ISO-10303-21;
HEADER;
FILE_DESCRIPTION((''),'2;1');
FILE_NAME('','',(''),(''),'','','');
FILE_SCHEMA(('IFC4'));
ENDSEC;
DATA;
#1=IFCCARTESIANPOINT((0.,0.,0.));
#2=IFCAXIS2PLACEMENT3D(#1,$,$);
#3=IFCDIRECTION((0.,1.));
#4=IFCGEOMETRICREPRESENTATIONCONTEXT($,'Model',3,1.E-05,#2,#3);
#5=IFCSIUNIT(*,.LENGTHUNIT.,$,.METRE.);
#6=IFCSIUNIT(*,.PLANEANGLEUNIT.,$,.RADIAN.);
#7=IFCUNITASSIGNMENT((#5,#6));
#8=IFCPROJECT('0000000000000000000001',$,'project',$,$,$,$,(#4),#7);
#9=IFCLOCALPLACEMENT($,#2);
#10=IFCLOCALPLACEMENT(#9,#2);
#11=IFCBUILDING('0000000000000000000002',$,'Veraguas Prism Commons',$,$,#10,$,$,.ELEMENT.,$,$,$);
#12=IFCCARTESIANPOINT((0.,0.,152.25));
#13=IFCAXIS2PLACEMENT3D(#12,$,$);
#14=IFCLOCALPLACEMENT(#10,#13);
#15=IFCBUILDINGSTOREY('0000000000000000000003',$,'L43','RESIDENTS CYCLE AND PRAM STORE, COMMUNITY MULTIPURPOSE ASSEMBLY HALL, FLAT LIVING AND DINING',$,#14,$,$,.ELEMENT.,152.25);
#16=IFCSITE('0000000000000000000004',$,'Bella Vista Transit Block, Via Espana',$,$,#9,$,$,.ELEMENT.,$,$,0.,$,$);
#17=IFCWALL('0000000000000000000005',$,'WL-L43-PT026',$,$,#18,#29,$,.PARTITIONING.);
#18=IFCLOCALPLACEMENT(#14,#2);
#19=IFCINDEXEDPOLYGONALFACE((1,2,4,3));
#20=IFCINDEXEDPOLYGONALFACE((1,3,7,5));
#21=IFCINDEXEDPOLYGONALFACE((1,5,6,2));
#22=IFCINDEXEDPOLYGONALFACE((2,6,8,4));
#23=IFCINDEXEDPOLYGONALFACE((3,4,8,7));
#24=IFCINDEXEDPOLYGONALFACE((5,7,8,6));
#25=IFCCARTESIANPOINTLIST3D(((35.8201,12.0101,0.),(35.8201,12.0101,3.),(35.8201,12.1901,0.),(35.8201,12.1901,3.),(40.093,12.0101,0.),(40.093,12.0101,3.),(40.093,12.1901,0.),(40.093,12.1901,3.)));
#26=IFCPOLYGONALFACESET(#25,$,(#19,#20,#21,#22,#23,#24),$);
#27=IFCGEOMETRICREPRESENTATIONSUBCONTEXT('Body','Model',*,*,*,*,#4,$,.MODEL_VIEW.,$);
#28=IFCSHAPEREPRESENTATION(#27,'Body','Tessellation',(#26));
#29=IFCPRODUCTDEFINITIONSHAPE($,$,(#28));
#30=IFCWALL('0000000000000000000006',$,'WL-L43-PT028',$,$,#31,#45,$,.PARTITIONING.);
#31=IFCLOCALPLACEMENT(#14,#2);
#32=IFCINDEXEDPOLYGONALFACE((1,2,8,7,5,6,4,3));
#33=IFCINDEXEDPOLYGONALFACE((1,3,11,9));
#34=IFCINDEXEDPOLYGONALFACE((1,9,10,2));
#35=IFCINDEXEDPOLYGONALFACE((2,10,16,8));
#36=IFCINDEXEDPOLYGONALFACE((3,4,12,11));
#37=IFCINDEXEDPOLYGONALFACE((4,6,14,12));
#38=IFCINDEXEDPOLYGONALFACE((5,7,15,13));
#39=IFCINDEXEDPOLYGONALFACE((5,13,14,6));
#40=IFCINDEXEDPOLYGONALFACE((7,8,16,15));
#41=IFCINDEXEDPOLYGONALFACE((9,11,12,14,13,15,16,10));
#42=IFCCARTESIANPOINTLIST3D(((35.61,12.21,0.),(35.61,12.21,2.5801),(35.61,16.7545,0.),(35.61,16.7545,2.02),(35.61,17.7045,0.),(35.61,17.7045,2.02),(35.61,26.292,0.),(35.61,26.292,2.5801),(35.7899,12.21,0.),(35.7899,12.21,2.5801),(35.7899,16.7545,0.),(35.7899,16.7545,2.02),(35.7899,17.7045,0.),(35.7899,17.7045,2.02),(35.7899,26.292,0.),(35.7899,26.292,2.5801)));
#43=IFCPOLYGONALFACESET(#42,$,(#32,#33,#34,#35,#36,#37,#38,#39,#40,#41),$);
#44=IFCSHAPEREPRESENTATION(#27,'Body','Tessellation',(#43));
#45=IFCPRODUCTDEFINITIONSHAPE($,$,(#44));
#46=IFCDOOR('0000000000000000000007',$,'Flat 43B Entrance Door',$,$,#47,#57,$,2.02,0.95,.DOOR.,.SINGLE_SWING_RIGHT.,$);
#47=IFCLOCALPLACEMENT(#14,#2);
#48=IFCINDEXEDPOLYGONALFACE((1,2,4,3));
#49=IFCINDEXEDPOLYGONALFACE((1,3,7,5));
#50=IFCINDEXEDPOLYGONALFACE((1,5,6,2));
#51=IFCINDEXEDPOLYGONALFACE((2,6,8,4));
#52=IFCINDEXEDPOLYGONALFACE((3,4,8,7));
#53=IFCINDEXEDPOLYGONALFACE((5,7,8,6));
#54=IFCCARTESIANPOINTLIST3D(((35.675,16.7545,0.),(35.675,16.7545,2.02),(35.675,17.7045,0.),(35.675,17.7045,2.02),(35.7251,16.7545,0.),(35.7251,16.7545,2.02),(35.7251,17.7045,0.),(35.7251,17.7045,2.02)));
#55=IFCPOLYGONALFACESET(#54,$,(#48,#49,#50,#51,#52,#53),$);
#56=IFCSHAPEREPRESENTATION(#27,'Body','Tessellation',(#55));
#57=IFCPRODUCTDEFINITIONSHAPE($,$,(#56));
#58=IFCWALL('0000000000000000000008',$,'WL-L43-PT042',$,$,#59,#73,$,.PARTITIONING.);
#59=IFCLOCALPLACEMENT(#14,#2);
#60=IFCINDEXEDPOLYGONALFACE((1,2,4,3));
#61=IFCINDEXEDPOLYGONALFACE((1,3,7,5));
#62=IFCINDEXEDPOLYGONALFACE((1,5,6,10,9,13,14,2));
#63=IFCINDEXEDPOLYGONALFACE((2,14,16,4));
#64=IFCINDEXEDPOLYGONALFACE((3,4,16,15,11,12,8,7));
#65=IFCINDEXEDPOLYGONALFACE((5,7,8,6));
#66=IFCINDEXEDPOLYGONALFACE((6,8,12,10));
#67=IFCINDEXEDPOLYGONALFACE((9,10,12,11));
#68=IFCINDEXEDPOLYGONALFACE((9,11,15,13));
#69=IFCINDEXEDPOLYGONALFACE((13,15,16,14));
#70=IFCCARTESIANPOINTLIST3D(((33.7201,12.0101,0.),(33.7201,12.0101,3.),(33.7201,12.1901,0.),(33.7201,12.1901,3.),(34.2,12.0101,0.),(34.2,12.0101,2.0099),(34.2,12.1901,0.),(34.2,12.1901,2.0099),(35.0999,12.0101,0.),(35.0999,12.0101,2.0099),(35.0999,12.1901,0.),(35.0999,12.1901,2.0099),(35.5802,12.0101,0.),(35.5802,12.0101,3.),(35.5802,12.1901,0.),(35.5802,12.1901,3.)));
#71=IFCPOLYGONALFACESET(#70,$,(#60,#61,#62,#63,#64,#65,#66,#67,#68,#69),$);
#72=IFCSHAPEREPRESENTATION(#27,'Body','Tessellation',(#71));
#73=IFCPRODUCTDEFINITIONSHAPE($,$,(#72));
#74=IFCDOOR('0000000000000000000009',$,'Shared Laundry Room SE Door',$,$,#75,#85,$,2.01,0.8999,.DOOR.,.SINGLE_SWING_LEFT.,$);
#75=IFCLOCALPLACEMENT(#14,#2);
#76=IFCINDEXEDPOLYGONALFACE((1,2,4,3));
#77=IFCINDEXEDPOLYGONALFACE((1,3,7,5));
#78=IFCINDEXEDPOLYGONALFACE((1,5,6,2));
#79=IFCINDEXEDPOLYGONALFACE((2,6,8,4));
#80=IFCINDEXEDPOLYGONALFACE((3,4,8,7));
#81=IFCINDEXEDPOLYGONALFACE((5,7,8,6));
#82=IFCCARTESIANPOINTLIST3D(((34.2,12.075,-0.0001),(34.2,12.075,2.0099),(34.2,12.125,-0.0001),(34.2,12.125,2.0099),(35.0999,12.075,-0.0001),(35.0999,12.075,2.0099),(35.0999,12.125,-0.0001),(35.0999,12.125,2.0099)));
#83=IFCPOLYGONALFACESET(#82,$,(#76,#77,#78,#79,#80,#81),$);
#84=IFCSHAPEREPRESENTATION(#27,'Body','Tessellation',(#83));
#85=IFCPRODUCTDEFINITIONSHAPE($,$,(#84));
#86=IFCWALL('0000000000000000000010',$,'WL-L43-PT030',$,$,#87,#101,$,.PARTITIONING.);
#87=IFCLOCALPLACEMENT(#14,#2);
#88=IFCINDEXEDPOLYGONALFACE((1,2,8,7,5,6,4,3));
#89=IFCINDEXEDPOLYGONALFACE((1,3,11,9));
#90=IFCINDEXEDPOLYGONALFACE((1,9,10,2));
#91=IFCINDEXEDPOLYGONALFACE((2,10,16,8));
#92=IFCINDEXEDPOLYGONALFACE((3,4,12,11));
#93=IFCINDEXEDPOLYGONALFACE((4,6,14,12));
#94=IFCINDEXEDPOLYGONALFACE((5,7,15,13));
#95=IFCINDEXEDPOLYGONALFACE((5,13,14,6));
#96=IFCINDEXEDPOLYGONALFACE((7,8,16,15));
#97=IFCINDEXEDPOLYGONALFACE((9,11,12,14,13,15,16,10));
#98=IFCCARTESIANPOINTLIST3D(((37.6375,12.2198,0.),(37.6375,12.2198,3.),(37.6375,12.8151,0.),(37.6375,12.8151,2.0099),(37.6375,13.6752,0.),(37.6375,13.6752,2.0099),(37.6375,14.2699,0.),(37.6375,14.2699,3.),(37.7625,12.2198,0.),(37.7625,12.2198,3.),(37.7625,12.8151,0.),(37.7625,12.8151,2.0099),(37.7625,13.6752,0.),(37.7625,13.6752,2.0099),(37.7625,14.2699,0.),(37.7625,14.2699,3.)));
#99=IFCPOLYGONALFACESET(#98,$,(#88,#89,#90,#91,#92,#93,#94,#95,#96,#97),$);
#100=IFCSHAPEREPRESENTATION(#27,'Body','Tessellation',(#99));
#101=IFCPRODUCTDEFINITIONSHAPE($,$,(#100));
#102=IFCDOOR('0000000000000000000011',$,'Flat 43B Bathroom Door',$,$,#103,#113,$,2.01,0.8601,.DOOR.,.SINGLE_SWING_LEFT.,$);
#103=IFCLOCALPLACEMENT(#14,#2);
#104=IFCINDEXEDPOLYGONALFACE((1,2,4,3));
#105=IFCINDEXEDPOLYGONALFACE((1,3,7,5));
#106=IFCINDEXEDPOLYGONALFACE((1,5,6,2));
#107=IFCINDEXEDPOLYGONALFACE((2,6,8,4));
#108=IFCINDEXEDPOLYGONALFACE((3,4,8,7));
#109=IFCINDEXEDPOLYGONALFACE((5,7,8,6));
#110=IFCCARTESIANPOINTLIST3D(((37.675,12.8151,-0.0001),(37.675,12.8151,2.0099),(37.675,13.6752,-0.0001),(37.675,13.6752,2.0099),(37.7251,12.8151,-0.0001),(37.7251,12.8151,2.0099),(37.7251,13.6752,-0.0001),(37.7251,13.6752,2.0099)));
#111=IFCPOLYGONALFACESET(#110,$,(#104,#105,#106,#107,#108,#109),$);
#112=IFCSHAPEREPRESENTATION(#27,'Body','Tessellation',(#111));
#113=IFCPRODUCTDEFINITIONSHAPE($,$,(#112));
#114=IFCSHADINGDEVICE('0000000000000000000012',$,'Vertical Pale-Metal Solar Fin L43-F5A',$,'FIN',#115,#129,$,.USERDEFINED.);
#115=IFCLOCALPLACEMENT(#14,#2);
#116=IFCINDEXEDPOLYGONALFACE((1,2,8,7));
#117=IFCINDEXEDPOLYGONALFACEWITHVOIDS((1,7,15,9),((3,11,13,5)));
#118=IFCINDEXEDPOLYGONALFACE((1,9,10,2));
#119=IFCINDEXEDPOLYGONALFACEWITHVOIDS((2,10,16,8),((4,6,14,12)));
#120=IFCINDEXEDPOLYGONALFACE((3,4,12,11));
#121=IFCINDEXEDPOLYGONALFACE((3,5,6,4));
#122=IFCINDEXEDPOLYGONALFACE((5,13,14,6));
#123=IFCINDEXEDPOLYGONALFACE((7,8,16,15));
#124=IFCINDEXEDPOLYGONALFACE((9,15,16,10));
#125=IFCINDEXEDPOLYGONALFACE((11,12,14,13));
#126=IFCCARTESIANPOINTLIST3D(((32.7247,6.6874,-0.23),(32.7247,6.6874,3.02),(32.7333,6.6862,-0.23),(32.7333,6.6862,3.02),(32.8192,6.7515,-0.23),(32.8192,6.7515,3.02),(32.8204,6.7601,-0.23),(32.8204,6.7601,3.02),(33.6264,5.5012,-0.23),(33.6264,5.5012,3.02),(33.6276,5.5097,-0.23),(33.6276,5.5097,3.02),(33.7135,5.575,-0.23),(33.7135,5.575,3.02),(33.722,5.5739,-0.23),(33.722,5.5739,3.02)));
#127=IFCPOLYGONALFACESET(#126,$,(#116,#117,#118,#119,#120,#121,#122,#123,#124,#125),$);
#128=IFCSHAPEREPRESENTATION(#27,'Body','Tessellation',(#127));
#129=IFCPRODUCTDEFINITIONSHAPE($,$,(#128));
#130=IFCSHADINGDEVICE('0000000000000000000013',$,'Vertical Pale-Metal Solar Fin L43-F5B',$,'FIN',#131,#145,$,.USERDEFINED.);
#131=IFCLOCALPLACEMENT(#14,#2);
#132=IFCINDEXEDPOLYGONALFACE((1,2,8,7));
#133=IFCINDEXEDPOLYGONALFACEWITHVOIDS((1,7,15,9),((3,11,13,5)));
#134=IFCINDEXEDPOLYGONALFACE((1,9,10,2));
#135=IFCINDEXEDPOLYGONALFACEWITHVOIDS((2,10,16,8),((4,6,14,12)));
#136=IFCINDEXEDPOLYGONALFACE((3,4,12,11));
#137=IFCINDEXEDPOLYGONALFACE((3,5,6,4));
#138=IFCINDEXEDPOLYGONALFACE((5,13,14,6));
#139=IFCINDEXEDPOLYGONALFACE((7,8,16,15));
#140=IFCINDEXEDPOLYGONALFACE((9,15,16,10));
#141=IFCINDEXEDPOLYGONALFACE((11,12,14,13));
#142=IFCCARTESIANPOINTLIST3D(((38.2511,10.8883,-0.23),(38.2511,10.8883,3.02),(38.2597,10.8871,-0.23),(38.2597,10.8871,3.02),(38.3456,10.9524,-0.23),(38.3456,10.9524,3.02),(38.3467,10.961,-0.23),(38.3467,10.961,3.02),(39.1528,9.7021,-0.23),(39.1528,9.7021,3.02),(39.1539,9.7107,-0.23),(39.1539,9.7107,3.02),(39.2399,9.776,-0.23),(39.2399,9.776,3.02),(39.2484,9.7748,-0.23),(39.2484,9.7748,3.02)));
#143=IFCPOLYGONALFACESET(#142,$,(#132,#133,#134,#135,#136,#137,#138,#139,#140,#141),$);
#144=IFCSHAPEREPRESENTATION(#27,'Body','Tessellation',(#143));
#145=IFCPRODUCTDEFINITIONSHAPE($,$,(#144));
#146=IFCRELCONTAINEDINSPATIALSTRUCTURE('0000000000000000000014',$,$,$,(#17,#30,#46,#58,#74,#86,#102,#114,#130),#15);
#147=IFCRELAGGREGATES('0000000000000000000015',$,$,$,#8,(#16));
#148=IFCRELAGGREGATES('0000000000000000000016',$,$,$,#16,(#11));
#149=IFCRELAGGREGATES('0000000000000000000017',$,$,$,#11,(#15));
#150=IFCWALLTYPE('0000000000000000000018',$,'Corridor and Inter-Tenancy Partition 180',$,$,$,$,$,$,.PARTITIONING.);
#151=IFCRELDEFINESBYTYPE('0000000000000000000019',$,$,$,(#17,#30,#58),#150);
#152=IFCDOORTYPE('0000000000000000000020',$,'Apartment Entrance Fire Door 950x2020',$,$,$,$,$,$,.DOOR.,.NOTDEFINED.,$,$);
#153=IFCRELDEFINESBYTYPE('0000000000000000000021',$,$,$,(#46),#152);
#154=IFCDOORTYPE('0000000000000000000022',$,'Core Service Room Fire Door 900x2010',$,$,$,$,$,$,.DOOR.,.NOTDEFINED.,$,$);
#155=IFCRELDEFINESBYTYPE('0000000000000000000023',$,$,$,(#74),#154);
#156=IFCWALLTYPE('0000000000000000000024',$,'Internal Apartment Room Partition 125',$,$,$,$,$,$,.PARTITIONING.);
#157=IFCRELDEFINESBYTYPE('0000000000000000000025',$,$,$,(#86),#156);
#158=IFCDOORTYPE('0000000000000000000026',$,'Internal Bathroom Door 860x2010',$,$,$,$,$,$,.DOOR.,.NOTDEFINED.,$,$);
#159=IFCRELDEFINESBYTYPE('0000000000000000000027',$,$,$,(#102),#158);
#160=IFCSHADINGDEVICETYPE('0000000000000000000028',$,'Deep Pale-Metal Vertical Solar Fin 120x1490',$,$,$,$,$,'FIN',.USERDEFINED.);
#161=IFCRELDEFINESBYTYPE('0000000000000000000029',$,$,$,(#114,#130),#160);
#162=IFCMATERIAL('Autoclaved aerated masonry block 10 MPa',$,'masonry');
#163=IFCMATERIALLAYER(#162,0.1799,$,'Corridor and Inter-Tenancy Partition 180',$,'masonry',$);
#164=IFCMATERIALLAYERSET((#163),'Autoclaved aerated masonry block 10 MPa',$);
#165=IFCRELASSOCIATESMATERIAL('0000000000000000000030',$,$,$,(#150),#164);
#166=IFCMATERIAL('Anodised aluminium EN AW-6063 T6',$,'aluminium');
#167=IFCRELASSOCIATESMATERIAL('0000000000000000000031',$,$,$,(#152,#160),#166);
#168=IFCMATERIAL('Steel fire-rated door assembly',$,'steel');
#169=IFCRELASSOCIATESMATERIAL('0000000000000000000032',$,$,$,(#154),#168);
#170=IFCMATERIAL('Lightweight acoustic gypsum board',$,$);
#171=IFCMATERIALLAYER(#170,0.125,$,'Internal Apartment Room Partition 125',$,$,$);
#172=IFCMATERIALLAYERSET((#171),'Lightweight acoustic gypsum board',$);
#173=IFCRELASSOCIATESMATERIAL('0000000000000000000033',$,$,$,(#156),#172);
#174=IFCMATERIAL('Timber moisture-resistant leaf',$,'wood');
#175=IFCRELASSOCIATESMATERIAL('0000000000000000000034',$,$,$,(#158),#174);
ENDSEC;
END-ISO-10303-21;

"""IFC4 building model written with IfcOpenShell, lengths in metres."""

from ifc_helpers import new_model, si_unit, direction, frame, frame_2d, origin, origin_2d, place, context, subcontext, project, spatial, rectangle, hollow_rectangle, extrude, source, transform, mapped, material, layer, layer_set, material_profile, profile_set, type_object, element, fill, save


model = new_model("IFC4")

# Units and contexts
model_context = context("Model", 3, precision=1e-05, world=origin(), true_north=direction((0.0, 1.0)))
body_context = subcontext(model_context, "Body", "Model", "MODEL_VIEW")
ifc_project = project(units=[si_unit("LENGTHUNIT", "METRE"), si_unit("PLANEANGLEUNIT", "RADIAN")], contexts=[model_context])

# Site, building, storey
site_placement = place(None, origin())
site = spatial("IfcSite", under=ifc_project, at=site_placement, Name="Bella Vista Transit Block, Via Espana", CompositionType="ELEMENT", RefElevation=0.0)
building_placement = place(site_placement, origin())
building = spatial("IfcBuilding", under=site, at=building_placement, Name="Veraguas Prism Commons", CompositionType="ELEMENT")
storey_placement = place(building_placement, frame((0.0, 0.0, 152.25)))
storey = spatial("IfcBuildingStorey", under=building, at=storey_placement, Name="L43", Description="RESIDENTS CYCLE AND PRAM STORE, COMMUNITY MULTIPURPOSE ASSEMBLY HALL, FLAT LIVING AND DINING", CompositionType="ELEMENT", Elevation=152.25)

# Shared definitions
ifc_material_1 = material(Name="Anodised aluminium EN AW-6063 T6", Category="aluminium")

# Wall
ifc_material_2 = material(Name="Autoclaved aerated masonry block 10 MPa", Category="masonry")
ifc_layer_1 = layer(ifc_material_2, 0.1799, Name="Corridor and Inter-Tenancy Partition 180", Category="masonry")
ifc_layer_set_1 = layer_set([ifc_layer_1], Name="Autoclaved aerated masonry block 10 MPa")
wall_type_1 = type_object("IfcWallType", Name="Corridor and Inter-Tenancy Partition 180", PredefinedType="PARTITIONING", material=ifc_layer_set_1)
wall_1_placement = place(storey_placement, frame((35.8201, 12.1001, 0.0), z_axis=(0.0, 0.0, 1.0), x_axis=(1.0, 0.0, 0.0)))
element("IfcWall", 1, at=wall_1_placement, inside=storey, type_object=wall_type_1, Name="WL-L43-PT026", PredefinedType="PARTITIONING", context=body_context, shape_type="SweptSolid", body=[
    extrude(rectangle(XDim=4.2729, YDim=0.1799, at=frame_2d((2.1365, 0.0))), origin(), (0.0, 0.0, 1.0), 3.0),
])

# Walls, openings, doors
wall_2_placement = place(storey_placement, frame((35.7, 12.21, 0.0), z_axis=(0.0, 0.0, 1.0), x_axis=(0.0, 1.0, 0.0)))
wall_2 = element("IfcWall", 2, at=wall_2_placement, inside=storey, type_object=wall_type_1, Name="WL-L43-PT028", PredefinedType="PARTITIONING", context=body_context, shape_type="SweptSolid", body=[
    extrude(rectangle(XDim=14.082, YDim=0.1799, at=frame_2d((7.041, 0.0))), origin(), (0.0, 0.0, 1.0), 2.5801),
])
opening_1_placement = place(wall_2_placement, frame((4.5444, 0.0, 0.0)))
opening_1 = element("IfcOpeningElement", 3, at=opening_1_placement, cuts=wall_2, PredefinedType="OPENING", context=body_context, shape_type="SweptSolid", body=[
    extrude(rectangle(XDim=0.95, YDim=2.02, at=frame_2d((0.4751, 1.01))), frame((0.0, 0.0999, 0.0), z_axis=(0.0, -1.0, 0.0), x_axis=(1.0, 0.0, 0.0)), (0.0, 0.0, 1.0), 0.2),
])
door_type_1 = type_object("IfcDoorType", Name="Apartment Entrance Fire Door 950x2020", OperationType="NOTDEFINED", PredefinedType="DOOR", material=ifc_material_1)
shared_shape_1 = source(origin(), body_context, "Body", "SweptSolid", [
    extrude(rectangle(XDim=0.95, YDim=2.02, at=frame_2d((0.4751, 1.01))), frame((0.0, 0.0249, 0.0), z_axis=(0.0, -1.0, 0.0), x_axis=(1.0, 0.0, 0.0)), (0.0, 0.0, 1.0), 0.05),
])
door_1_placement = place(opening_1_placement, origin())
door_1 = element("IfcDoor", 4, at=door_1_placement, inside=storey, type_object=door_type_1, Name="Flat 43B Entrance Door", OperationType="SINGLE_SWING_RIGHT", OverallHeight=2.02, OverallWidth=0.95, PredefinedType="DOOR", context=body_context, shape_type="MappedRepresentation", body=[
    mapped(shared_shape_1, transform((0.0, 0.0, 0.0), scale=1.0)),
])
fill(opening_1, door_1)
wall_3_placement = place(storey_placement, frame((33.72, 12.1001, 0.0), z_axis=(0.0, 0.0, 1.0), x_axis=(1.0, 0.0, 0.0)))
wall_3 = element("IfcWall", 5, at=wall_3_placement, inside=storey, type_object=wall_type_1, Name="WL-L43-PT042", PredefinedType="PARTITIONING", context=body_context, shape_type="SweptSolid", body=[
    extrude(rectangle(XDim=1.8601, YDim=0.1799, at=frame_2d((0.9302, 0.0))), origin(), (0.0, 0.0, 1.0), 3.0),
])
opening_2_placement = place(wall_3_placement, frame((0.48, 0.0, 0.0)))
opening_2 = element("IfcOpeningElement", 6, at=opening_2_placement, cuts=wall_3, PredefinedType="OPENING", context=body_context, shape_type="SweptSolid", body=[
    extrude(rectangle(XDim=0.8999, YDim=2.01, at=frame_2d((0.45, 1.0049))), frame((0.0, 0.0999, 0.0), z_axis=(0.0, -1.0, 0.0), x_axis=(1.0, 0.0, 0.0)), (0.0, 0.0, 1.0), 0.2),
])
ifc_material_3 = material(Name="Steel fire-rated door assembly", Category="steel")
door_type_2 = type_object("IfcDoorType", Name="Core Service Room Fire Door 900x2010", OperationType="NOTDEFINED", PredefinedType="DOOR", material=ifc_material_3)
shared_shape_2 = source(origin(), body_context, "Body", "SweptSolid", [
    extrude(rectangle(XDim=0.8999, YDim=2.01, at=frame_2d((0.45, 1.0049))), frame((0.0, 0.0249, 0.0), z_axis=(0.0, -1.0, 0.0), x_axis=(1.0, 0.0, 0.0)), (0.0, 0.0, 1.0), 0.05),
])
door_2_placement = place(opening_2_placement, origin())
door_2 = element("IfcDoor", 7, at=door_2_placement, inside=storey, type_object=door_type_2, Name="Shared Laundry Room SE Door", OperationType="SINGLE_SWING_LEFT", OverallHeight=2.01, OverallWidth=0.8999, PredefinedType="DOOR", context=body_context, shape_type="MappedRepresentation", body=[
    mapped(shared_shape_2, transform((0.0, 0.0, 0.0), scale=1.0)),
])
fill(opening_2, door_2)
ifc_material_4 = material(Name="Lightweight acoustic gypsum board")
ifc_layer_2 = layer(ifc_material_4, 0.125, Name="Internal Apartment Room Partition 125")
ifc_layer_set_2 = layer_set([ifc_layer_2], Name="Lightweight acoustic gypsum board")
wall_type_2 = type_object("IfcWallType", Name="Internal Apartment Room Partition 125", PredefinedType="PARTITIONING", material=ifc_layer_set_2)
wall_4_placement = place(storey_placement, frame((37.7, 12.22, 0.0), z_axis=(0.0, 0.0, 1.0), x_axis=(0.0, 1.0, 0.0)))
wall_4 = element("IfcWall", 8, at=wall_4_placement, inside=storey, type_object=wall_type_2, Name="WL-L43-PT030", PredefinedType="PARTITIONING", context=body_context, shape_type="SweptSolid", body=[
    extrude(rectangle(XDim=2.05, YDim=0.125, at=frame_2d((1.0249, 0.0))), origin(), (0.0, 0.0, 1.0), 3.0),
])
opening_3_placement = place(wall_4_placement, frame((0.595, 0.0, 0.0)))
opening_3 = element("IfcOpeningElement", 9, at=opening_3_placement, cuts=wall_4, PredefinedType="OPENING", context=body_context, shape_type="SweptSolid", body=[
    extrude(rectangle(XDim=0.8601, YDim=2.01, at=frame_2d((0.4302, 1.0049))), frame((0.0, 0.0725, 0.0), z_axis=(0.0, -1.0, 0.0), x_axis=(1.0, 0.0, 0.0)), (0.0, 0.0, 1.0), 0.145),
])
ifc_material_5 = material(Name="Timber moisture-resistant leaf", Category="wood")
door_type_3 = type_object("IfcDoorType", Name="Internal Bathroom Door 860x2010", OperationType="NOTDEFINED", PredefinedType="DOOR", material=ifc_material_5)
shared_shape_3 = source(origin(), body_context, "Body", "SweptSolid", [
    extrude(rectangle(XDim=0.8601, YDim=2.01, at=frame_2d((0.4302, 1.0049))), frame((0.0, 0.0249, 0.0), z_axis=(0.0, -1.0, 0.0), x_axis=(1.0, 0.0, 0.0)), (0.0, 0.0, 1.0), 0.05),
])
door_3_placement = place(opening_3_placement, origin())
door_3 = element("IfcDoor", 10, at=door_3_placement, inside=storey, type_object=door_type_3, Name="Flat 43B Bathroom Door", OperationType="SINGLE_SWING_LEFT", OverallHeight=2.01, OverallWidth=0.8601, PredefinedType="DOOR", context=body_context, shape_type="MappedRepresentation", body=[
    mapped(shared_shape_3, transform((0.0, 0.0, 0.0), scale=1.0)),
])
fill(opening_3, door_3)

# Shading devices
ifc_material_profile_1 = material_profile(ifc_material_1, hollow_rectangle(XDim=0.1201, YDim=1.49, WallThickness=0.0061, at=origin_2d()), Name="FIN120X1490X6")
ifc_profile_set_1 = profile_set([ifc_material_profile_1], Name="Anodised aluminium EN AW-6063 T6")
shading_device_type = type_object("IfcShadingDeviceType", Name="Deep Pale-Metal Vertical Solar Fin 120x1490", ElementType="FIN", PredefinedType="USERDEFINED", material=ifc_profile_set_1)
for number, where, z_axis, x_axis, name in (
    (11, (33.2234, 6.1306, -0.23), (0.0, 0.0, 1.0), (0.796107, 0.605156, 0.0), "Vertical Pale-Metal Solar Fin L43-F5A"),
    (12, (38.7498, 10.3315, -0.23), (0.0, 0.0, 1.0), (0.796107, 0.605156, 0.0), "Vertical Pale-Metal Solar Fin L43-F5B"),
):
    element("IfcShadingDevice", number, at=place(storey_placement, frame(where, z_axis=z_axis, x_axis=x_axis)), inside=storey, type_object=shading_device_type, Name=name, ObjectType="FIN", PredefinedType="USERDEFINED", context=body_context, shape_type="SweptSolid", body=[
        extrude(hollow_rectangle(XDim=0.1201, YDim=1.49, WallThickness=0.0061, at=origin_2d()), origin(), (0.0, 0.0, 1.0), 3.25),
    ])

save(model, "model.ifc")
